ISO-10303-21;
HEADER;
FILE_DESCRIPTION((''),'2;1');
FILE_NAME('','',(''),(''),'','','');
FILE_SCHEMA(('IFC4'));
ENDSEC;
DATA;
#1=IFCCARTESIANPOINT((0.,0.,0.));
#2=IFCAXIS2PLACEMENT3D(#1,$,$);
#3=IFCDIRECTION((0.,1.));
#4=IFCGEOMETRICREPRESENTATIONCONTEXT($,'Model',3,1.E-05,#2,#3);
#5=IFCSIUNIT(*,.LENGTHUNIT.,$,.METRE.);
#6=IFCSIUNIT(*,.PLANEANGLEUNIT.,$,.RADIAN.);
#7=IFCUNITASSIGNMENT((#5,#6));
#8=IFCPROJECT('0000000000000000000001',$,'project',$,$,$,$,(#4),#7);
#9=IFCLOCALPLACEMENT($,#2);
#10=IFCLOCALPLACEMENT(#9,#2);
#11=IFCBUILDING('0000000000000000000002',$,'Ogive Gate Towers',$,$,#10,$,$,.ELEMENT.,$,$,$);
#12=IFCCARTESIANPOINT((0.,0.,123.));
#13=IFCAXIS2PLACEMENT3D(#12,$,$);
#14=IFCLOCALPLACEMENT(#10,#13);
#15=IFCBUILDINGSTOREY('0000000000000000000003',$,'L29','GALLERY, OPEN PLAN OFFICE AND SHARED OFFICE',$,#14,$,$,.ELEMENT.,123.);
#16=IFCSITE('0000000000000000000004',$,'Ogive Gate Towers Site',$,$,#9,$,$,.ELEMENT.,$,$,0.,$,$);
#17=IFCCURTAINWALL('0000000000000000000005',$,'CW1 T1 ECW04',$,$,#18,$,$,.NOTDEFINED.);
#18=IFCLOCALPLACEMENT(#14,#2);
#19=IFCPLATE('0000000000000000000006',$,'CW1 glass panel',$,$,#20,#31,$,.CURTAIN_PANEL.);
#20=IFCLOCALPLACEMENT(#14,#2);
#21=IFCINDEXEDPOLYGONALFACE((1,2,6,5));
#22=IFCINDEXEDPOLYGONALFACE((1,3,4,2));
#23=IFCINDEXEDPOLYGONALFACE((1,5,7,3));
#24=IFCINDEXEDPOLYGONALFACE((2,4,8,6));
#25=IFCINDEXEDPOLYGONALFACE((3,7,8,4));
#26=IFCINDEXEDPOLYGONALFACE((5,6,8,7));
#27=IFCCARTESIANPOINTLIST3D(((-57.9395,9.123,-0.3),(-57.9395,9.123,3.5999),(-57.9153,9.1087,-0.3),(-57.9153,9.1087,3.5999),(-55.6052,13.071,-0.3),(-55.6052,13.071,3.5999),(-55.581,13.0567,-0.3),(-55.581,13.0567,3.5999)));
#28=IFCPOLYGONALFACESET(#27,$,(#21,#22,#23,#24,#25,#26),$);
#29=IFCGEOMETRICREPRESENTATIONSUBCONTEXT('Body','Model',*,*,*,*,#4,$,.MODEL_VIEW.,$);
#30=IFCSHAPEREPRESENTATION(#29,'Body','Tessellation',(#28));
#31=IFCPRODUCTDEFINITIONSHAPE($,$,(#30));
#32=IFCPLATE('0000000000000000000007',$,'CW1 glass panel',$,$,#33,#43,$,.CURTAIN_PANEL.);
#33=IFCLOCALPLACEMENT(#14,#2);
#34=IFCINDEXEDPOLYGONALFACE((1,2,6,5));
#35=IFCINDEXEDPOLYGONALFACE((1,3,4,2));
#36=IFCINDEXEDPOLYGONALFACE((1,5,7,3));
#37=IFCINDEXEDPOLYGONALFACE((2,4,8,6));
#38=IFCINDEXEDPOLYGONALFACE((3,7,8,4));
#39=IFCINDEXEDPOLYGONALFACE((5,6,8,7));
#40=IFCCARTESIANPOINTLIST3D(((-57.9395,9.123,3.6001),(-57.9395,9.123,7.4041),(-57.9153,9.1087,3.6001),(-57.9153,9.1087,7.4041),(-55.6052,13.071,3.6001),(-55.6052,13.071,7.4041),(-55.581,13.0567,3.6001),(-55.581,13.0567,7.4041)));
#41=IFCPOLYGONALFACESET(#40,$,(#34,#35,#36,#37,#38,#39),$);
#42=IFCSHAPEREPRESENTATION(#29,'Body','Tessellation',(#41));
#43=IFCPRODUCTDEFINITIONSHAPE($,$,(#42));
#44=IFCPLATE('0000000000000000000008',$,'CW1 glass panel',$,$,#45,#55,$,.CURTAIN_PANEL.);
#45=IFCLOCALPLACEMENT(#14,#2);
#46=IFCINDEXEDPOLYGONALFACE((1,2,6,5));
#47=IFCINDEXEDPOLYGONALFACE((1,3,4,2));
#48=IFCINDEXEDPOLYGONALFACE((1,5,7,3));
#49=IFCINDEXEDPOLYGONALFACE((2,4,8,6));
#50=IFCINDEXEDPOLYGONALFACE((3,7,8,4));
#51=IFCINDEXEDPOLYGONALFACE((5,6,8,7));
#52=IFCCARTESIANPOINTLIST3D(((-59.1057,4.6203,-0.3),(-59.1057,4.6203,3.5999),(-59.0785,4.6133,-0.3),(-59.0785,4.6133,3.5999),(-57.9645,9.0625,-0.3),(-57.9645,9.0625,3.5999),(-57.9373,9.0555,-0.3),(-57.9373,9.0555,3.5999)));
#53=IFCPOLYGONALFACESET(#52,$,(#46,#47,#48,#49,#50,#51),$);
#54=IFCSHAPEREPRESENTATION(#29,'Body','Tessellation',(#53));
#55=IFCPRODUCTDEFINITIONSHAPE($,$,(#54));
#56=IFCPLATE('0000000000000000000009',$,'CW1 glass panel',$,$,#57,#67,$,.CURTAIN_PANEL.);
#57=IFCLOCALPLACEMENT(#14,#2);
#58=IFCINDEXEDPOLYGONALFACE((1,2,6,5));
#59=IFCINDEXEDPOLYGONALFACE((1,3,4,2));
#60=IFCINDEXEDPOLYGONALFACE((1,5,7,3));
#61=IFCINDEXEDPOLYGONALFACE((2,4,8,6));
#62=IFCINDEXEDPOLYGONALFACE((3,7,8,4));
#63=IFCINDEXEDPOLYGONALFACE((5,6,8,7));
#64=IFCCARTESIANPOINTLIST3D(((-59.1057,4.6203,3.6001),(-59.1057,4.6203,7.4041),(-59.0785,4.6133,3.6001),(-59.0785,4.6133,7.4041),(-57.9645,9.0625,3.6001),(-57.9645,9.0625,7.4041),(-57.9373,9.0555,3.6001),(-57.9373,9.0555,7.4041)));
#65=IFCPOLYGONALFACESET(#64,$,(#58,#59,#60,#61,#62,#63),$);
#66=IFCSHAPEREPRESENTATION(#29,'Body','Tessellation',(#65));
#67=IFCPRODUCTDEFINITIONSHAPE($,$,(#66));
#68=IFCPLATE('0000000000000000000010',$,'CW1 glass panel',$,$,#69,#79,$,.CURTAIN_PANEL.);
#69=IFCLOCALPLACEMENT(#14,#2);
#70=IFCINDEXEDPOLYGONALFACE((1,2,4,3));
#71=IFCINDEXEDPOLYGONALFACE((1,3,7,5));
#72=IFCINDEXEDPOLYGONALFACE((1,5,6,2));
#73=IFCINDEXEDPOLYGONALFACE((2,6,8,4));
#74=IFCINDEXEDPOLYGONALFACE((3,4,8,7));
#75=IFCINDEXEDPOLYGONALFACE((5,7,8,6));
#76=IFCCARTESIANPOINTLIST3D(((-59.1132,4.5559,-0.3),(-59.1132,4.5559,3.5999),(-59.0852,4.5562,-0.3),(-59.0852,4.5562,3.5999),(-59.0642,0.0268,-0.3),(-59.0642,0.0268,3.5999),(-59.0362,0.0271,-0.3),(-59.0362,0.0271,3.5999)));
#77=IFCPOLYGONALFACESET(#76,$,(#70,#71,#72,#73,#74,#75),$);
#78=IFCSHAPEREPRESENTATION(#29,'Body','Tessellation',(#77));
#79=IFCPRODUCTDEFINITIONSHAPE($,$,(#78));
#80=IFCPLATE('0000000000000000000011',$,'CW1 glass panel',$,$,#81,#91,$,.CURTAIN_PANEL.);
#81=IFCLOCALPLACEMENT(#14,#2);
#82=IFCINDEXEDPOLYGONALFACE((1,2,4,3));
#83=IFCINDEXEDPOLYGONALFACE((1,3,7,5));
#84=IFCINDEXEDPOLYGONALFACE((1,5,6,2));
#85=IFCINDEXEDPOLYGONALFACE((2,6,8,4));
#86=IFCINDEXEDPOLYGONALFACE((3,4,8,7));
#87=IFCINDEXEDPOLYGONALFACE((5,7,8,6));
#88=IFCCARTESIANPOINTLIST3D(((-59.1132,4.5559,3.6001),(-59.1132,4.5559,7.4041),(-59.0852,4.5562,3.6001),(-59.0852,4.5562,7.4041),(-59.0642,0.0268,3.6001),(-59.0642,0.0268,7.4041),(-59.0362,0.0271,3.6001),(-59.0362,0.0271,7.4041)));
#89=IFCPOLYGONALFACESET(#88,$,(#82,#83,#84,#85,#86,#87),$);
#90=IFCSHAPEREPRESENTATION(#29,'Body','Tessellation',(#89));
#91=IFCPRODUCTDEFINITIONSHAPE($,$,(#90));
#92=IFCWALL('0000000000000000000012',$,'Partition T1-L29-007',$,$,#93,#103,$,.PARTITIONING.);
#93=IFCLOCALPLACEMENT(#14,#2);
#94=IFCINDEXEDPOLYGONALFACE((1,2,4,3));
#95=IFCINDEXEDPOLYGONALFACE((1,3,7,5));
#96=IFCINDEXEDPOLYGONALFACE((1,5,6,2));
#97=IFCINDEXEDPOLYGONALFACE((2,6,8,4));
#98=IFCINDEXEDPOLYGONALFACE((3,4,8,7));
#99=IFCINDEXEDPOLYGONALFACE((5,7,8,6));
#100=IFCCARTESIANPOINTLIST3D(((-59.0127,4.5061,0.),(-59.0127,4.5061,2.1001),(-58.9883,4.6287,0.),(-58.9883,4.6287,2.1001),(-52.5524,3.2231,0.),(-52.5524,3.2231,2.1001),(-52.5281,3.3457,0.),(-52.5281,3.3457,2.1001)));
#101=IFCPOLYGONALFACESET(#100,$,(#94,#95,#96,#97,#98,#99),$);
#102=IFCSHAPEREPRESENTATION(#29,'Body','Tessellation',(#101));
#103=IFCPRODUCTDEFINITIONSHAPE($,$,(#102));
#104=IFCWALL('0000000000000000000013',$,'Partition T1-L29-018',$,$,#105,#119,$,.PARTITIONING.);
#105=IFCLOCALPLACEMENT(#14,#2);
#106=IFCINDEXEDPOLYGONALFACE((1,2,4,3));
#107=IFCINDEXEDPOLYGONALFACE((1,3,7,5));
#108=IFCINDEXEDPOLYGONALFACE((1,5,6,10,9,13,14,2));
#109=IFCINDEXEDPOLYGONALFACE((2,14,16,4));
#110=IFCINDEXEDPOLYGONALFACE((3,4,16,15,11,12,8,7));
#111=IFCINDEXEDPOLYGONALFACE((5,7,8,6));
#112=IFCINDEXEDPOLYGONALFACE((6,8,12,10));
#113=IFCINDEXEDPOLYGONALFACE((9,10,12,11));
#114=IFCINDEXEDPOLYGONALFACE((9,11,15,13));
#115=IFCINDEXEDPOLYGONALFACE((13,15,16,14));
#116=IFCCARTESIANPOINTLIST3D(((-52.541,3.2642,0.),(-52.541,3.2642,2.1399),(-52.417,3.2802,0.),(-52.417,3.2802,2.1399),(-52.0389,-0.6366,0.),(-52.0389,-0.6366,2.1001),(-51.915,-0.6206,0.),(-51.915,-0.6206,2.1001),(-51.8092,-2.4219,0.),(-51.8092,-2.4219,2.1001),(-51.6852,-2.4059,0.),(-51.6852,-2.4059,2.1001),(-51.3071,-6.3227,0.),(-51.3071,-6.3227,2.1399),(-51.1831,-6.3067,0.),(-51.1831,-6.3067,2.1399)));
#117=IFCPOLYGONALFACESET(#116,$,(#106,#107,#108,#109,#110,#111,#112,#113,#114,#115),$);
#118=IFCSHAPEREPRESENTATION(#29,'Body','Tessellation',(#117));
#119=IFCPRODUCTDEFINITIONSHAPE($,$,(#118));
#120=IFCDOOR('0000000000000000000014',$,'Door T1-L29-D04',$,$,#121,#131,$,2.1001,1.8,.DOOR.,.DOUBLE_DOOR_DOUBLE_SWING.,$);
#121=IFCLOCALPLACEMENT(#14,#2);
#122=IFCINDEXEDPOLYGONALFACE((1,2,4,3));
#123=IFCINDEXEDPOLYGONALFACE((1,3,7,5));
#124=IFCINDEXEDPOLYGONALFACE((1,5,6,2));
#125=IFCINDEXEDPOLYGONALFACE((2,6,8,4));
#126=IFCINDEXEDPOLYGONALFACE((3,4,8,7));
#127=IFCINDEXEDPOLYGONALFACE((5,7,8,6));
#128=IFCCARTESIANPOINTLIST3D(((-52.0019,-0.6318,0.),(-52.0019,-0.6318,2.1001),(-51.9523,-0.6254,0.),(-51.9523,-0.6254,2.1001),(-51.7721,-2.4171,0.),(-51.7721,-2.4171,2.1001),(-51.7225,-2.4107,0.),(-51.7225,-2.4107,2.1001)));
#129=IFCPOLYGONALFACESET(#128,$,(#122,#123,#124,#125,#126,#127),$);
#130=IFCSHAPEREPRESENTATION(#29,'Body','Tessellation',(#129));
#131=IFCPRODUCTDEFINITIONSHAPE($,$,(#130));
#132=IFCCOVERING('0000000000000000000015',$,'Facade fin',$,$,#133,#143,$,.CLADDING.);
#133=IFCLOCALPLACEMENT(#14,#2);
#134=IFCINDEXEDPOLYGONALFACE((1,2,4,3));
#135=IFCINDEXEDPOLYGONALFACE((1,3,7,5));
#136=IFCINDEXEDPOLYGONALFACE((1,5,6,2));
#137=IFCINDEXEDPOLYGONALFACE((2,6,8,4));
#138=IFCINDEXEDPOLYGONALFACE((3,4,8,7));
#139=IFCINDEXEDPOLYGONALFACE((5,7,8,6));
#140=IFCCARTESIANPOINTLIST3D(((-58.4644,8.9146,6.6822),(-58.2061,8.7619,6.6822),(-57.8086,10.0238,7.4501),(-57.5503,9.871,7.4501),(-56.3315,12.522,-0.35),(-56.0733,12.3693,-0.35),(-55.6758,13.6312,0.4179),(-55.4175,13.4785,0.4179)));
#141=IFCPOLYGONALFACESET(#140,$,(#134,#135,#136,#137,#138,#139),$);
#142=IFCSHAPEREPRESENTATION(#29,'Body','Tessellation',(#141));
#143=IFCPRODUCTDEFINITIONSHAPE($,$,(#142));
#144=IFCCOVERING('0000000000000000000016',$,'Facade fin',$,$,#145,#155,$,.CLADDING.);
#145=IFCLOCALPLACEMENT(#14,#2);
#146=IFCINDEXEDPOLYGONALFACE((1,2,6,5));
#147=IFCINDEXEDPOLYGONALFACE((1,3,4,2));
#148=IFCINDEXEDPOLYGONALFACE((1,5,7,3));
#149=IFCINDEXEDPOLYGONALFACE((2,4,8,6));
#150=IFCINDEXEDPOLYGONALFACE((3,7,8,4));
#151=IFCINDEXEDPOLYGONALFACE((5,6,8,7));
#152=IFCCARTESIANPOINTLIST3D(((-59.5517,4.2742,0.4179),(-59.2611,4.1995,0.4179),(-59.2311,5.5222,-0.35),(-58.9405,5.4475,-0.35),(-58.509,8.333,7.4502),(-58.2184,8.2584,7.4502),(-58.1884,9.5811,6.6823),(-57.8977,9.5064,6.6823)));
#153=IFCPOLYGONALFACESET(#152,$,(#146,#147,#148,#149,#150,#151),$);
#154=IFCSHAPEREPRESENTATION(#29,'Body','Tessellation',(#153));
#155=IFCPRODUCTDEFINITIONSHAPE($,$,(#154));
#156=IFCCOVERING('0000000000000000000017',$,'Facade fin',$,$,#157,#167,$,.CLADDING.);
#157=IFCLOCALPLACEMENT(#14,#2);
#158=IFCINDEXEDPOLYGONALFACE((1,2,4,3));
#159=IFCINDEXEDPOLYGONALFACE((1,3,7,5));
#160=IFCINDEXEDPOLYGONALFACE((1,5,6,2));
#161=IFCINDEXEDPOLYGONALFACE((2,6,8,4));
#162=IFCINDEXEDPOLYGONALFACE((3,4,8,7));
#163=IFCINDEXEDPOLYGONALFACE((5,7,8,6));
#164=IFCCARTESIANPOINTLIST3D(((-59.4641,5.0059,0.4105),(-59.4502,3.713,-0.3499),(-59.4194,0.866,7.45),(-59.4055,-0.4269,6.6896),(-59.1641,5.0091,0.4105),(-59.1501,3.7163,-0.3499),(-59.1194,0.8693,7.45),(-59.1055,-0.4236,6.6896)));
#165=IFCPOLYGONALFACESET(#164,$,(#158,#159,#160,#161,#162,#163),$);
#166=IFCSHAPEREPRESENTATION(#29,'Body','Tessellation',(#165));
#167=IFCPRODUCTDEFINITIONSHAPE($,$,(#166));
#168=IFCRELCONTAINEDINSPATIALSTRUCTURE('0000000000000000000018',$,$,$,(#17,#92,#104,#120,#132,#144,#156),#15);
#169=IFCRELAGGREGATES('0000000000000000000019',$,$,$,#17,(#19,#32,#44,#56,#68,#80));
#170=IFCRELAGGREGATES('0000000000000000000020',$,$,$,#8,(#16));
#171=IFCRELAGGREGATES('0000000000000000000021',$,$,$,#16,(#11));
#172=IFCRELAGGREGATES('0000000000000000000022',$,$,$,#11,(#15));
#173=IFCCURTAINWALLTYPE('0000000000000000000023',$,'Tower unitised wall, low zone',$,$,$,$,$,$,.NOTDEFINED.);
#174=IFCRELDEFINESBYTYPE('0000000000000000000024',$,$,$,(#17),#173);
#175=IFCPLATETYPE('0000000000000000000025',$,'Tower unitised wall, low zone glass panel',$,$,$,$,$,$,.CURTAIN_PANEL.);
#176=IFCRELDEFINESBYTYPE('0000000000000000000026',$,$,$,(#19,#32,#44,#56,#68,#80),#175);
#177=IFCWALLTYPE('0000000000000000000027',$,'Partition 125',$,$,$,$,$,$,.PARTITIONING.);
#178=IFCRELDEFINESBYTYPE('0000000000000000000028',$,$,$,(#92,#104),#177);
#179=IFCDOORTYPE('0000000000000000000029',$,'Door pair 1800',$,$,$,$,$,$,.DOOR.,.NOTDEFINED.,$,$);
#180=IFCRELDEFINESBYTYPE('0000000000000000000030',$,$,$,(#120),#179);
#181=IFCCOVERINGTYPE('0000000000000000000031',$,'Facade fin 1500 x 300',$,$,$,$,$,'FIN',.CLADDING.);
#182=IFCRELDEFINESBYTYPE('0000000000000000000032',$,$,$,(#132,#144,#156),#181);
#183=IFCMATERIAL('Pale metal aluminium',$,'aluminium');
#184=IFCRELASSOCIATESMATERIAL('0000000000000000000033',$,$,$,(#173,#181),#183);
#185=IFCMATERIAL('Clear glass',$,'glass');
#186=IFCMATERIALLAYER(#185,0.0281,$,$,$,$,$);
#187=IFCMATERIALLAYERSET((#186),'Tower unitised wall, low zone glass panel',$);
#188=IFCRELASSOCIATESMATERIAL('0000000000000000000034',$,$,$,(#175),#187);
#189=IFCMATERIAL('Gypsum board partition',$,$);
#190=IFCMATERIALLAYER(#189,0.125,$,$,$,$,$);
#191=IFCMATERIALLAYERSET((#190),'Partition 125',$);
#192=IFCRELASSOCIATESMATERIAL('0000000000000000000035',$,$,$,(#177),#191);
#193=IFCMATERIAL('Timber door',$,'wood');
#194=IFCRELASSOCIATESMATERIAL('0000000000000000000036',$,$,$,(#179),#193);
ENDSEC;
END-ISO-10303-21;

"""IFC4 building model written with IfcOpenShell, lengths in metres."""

from ifc_helpers import new_model, si_unit, direction, frame, frame_2d, origin, origin_2d, place, context, subcontext, project, spatial, rectangle, extrude, material, layer, layer_set, material_profile, profile_set, type_object, element, fill, aggregate, save


model = new_model("IFC4")

# Units and contexts
model_context = context("Model", 3, precision=1e-05, world=origin(), true_north=direction((0.0, 1.0)))
body_context = subcontext(model_context, "Body", "Model", "MODEL_VIEW")
ifc_project = project(units=[si_unit("LENGTHUNIT", "METRE"), si_unit("PLANEANGLEUNIT", "RADIAN")], contexts=[model_context])

# Site, building, storey
site_placement = place(None, origin())
site = spatial("IfcSite", under=ifc_project, at=site_placement, Name="Ogive Gate Towers Site", CompositionType="ELEMENT", RefElevation=0.0)
building_placement = place(site_placement, origin())
building = spatial("IfcBuilding", under=site, at=building_placement, Name="Ogive Gate Towers", CompositionType="ELEMENT")
storey_placement = place(building_placement, frame((0.0, 0.0, 123.0)))
storey = spatial("IfcBuildingStorey", under=building, at=storey_placement, Name="L29", Description="GALLERY, OPEN PLAN OFFICE AND SHARED OFFICE", CompositionType="ELEMENT", Elevation=123.0)

# Curtain wall, plates
ifc_material_1 = material(Name="Pale metal aluminium", Category="aluminium")
curtain_wall_type = type_object("IfcCurtainWallType", Name="Tower unitised wall, low zone", PredefinedType="NOTDEFINED", material=ifc_material_1)
curtain_wall_placement = place(storey_placement, origin())
curtain_wall = element("IfcCurtainWall", 1, at=curtain_wall_placement, inside=storey, type_object=curtain_wall_type, Name="CW1 T1 ECW04", PredefinedType="NOTDEFINED")
ifc_material_2 = material(Name="Clear glass", Category="glass")
ifc_layer_1 = layer(ifc_material_2, 0.0281)
ifc_layer_set_1 = layer_set([ifc_layer_1], Name="Tower unitised wall, low zone glass panel")
plate_type = type_object("IfcPlateType", Name="Tower unitised wall, low zone glass panel", PredefinedType="CURTAIN_PANEL", material=ifc_layer_set_1)
plate_1_placement = place(storey_placement, frame((-56.7603, 11.0898, -0.3), z_axis=(0.0, 0.0, 1.0), x_axis=(-0.508951, -0.860795, 0.0)))
plate_1 = element("IfcPlate", 2, at=plate_1_placement, type_object=plate_type, Name="CW1 glass panel", PredefinedType="CURTAIN_PANEL", context=body_context, shape_type="SweptSolid", body=[
    extrude(rectangle(XDim=4.5864, YDim=0.0281, at=origin_2d()), origin(), (0.0, 0.0, 1.0), 3.8999),
])
plate_2_placement = place(storey_placement, frame((-56.7603, 11.0898, 3.6001), z_axis=(0.0, 0.0, 1.0), x_axis=(-0.508951, -0.860795, 0.0)))
plate_2 = element("IfcPlate", 3, at=plate_2_placement, type_object=plate_type, Name="CW1 glass panel", PredefinedType="CURTAIN_PANEL", context=body_context, shape_type="SweptSolid", body=[
    extrude(rectangle(XDim=4.5864, YDim=0.0281, at=origin_2d()), origin(), (0.0, 0.0, 1.0), 3.804),
])
plate_3_placement = place(storey_placement, frame((-58.5215, 6.8379, -0.3), z_axis=(0.0, 0.0, 1.0), x_axis=(-0.248808, -0.968553, 0.0)))
plate_3 = element("IfcPlate", 4, at=plate_3_placement, type_object=plate_type, Name="CW1 glass panel", PredefinedType="CURTAIN_PANEL", context=body_context, shape_type="SweptSolid", body=[
    extrude(rectangle(XDim=4.5864, YDim=0.0281, at=origin_2d()), origin(), (0.0, 0.0, 1.0), 3.8999),
])
plate_4_placement = place(storey_placement, frame((-58.5215, 6.8379, 3.6001), z_axis=(0.0, 0.0, 1.0), x_axis=(-0.248808, -0.968553, 0.0)))
plate_4 = element("IfcPlate", 5, at=plate_4_placement, type_object=plate_type, Name="CW1 glass panel", PredefinedType="CURTAIN_PANEL", context=body_context, shape_type="SweptSolid", body=[
    extrude(rectangle(XDim=4.5864, YDim=0.0281, at=origin_2d()), origin(), (0.0, 0.0, 1.0), 3.804),
])
plate_5_placement = place(storey_placement, frame((-59.0747, 2.2915, -0.3), z_axis=(0.0, 0.0, 1.0), x_axis=(0.010821, -0.999941, 0.0)))
plate_5 = element("IfcPlate", 6, at=plate_5_placement, type_object=plate_type, Name="CW1 glass panel", PredefinedType="CURTAIN_PANEL", context=body_context, shape_type="SweptSolid", body=[
    extrude(rectangle(XDim=4.5293, YDim=0.0281, at=origin_2d()), origin(), (0.0, 0.0, 1.0), 3.8999),
])
plate_6_placement = place(storey_placement, frame((-59.0747, 2.2915, 3.6001), z_axis=(0.0, 0.0, 1.0), x_axis=(0.010821, -0.999941, 0.0)))
plate_6 = element("IfcPlate", 7, at=plate_6_placement, type_object=plate_type, Name="CW1 glass panel", PredefinedType="CURTAIN_PANEL", context=body_context, shape_type="SweptSolid", body=[
    extrude(rectangle(XDim=4.5293, YDim=0.0281, at=origin_2d()), origin(), (0.0, 0.0, 1.0), 3.804),
])
aggregate(curtain_wall, [plate_1, plate_2, plate_3, plate_4, plate_5, plate_6])

# Wall
ifc_material_3 = material(Name="Gypsum board partition")
ifc_layer_2 = layer(ifc_material_3, 0.125)
ifc_layer_set_2 = layer_set([ifc_layer_2], Name="Partition 125")
wall_type = type_object("IfcWallType", Name="Partition 125", PredefinedType="PARTITIONING", material=ifc_layer_set_2)
wall_1_placement = place(storey_placement, frame((-59.0005, 4.5674, 0.0), z_axis=(0.0, 0.0, 1.0), x_axis=(0.980845, -0.19479, 0.0)))
element("IfcWall", 8, at=wall_1_placement, inside=storey, type_object=wall_type, Name="Partition T1-L29-007", PredefinedType="PARTITIONING", context=body_context, shape_type="SweptSolid", body=[
    extrude(rectangle(XDim=6.5864, YDim=0.125, at=frame_2d((3.2932, 0.0))), origin(), (0.0, 0.0, 1.0), 2.1001),
])

# Wall, opening, door
wall_2_placement = place(storey_placement, frame((-52.479, 3.2722, 0.0), z_axis=(0.0, 0.0, 1.0), x_axis=(0.127652, -0.991819, 0.0)))
wall_2 = element("IfcWall", 9, at=wall_2_placement, inside=storey, type_object=wall_type, Name="Partition T1-L29-018", PredefinedType="PARTITIONING", context=body_context, shape_type="SweptSolid", body=[
    extrude(rectangle(XDim=9.666, YDim=0.125, at=frame_2d((4.833, 0.0))), origin(), (0.0, 0.0, 1.0), 2.1399),
])
opening_placement = place(wall_2_placement, frame((3.9331, 0.0, 0.0)))
opening = element("IfcOpeningElement", 10, at=opening_placement, cuts=wall_2, PredefinedType="OPENING", context=body_context, shape_type="SweptSolid", body=[
    extrude(rectangle(XDim=1.8, YDim=2.1001, at=frame_2d((0.8999, 1.05))), frame((0.0, 0.0725, 0.0), z_axis=(0.0, -1.0, 0.0), x_axis=(1.0, 0.0, 0.0)), (0.0, 0.0, 1.0), 0.145),
])
ifc_material_4 = material(Name="Timber door", Category="wood")
door_type = type_object("IfcDoorType", Name="Door pair 1800", OperationType="NOTDEFINED", PredefinedType="DOOR", material=ifc_material_4)
door_placement = place(opening_placement, origin())
door = element("IfcDoor", 11, at=door_placement, inside=storey, type_object=door_type, Name="Door T1-L29-D04", OperationType="DOUBLE_DOOR_DOUBLE_SWING", OverallHeight=2.1001, OverallWidth=1.8, PredefinedType="DOOR", context=body_context, shape_type="SweptSolid", body=[
    extrude(rectangle(XDim=1.8, YDim=2.1001, at=frame_2d((0.8999, 1.05))), frame((0.0, 0.0249, 0.0), z_axis=(0.0, -1.0, 0.0), x_axis=(1.0, 0.0, 0.0)), (0.0, 0.0, 1.0), 0.05),
])
fill(opening, door)

# Coverings
ifc_material_profile_1 = material_profile(ifc_material_1, rectangle(XDim=0.3, YDim=1.5, at=origin_2d()), Name="1500 x 300 pale metal aluminium")
ifc_profile_set_1 = profile_set([ifc_material_profile_1], Name="Pale metal aluminium")
covering_type = type_object("IfcCoveringType", Name="Facade fin 1500 x 300", ElementType="FIN", PredefinedType="CLADDING", material=ifc_profile_set_1)
for number, where, z_axis, x_axis, name in (
    (12, (-55.8745, 13.0002, 0.0339), (-0.260536, -0.440669, 0.85903), (0.860806, -0.508933, 0.0), "Facade fin"),
    (13, (-59.2461, 4.8608, 0.0339), (0.127376, 0.495815, 0.859036), (-0.968549, 0.248822, 0.0), "Facade fin"),
):
    element("IfcCovering", number, at=place(storey_placement, frame(where, z_axis=z_axis, x_axis=x_axis)), inside=storey, type_object=covering_type, Name=name, PredefinedType="CLADDING", context=body_context, shape_type="SweptSolid", body=[
        extrude(rectangle(XDim=0.3, YDim=1.5, at=origin_2d()), origin(), (0.0, 0.0, 1.0), 8.1863),
    ])
covering_placement = place(storey_placement, frame((-59.3071, 4.3611, 0.0303), z_axis=(0.005471, -0.50692, 0.861976), x_axis=(0.999942, 0.010791, 0.0)))
element("IfcCovering", 14, at=covering_placement, inside=storey, type_object=covering_type, Name="Facade fin", PredefinedType="CLADDING", context=body_context, shape_type="SweptSolid", body=[
    extrude(rectangle(XDim=0.3, YDim=1.5, at=origin_2d()), origin(), (0.0, 0.0, 1.0), 8.1667),
])

save(model, "model.ifc")
